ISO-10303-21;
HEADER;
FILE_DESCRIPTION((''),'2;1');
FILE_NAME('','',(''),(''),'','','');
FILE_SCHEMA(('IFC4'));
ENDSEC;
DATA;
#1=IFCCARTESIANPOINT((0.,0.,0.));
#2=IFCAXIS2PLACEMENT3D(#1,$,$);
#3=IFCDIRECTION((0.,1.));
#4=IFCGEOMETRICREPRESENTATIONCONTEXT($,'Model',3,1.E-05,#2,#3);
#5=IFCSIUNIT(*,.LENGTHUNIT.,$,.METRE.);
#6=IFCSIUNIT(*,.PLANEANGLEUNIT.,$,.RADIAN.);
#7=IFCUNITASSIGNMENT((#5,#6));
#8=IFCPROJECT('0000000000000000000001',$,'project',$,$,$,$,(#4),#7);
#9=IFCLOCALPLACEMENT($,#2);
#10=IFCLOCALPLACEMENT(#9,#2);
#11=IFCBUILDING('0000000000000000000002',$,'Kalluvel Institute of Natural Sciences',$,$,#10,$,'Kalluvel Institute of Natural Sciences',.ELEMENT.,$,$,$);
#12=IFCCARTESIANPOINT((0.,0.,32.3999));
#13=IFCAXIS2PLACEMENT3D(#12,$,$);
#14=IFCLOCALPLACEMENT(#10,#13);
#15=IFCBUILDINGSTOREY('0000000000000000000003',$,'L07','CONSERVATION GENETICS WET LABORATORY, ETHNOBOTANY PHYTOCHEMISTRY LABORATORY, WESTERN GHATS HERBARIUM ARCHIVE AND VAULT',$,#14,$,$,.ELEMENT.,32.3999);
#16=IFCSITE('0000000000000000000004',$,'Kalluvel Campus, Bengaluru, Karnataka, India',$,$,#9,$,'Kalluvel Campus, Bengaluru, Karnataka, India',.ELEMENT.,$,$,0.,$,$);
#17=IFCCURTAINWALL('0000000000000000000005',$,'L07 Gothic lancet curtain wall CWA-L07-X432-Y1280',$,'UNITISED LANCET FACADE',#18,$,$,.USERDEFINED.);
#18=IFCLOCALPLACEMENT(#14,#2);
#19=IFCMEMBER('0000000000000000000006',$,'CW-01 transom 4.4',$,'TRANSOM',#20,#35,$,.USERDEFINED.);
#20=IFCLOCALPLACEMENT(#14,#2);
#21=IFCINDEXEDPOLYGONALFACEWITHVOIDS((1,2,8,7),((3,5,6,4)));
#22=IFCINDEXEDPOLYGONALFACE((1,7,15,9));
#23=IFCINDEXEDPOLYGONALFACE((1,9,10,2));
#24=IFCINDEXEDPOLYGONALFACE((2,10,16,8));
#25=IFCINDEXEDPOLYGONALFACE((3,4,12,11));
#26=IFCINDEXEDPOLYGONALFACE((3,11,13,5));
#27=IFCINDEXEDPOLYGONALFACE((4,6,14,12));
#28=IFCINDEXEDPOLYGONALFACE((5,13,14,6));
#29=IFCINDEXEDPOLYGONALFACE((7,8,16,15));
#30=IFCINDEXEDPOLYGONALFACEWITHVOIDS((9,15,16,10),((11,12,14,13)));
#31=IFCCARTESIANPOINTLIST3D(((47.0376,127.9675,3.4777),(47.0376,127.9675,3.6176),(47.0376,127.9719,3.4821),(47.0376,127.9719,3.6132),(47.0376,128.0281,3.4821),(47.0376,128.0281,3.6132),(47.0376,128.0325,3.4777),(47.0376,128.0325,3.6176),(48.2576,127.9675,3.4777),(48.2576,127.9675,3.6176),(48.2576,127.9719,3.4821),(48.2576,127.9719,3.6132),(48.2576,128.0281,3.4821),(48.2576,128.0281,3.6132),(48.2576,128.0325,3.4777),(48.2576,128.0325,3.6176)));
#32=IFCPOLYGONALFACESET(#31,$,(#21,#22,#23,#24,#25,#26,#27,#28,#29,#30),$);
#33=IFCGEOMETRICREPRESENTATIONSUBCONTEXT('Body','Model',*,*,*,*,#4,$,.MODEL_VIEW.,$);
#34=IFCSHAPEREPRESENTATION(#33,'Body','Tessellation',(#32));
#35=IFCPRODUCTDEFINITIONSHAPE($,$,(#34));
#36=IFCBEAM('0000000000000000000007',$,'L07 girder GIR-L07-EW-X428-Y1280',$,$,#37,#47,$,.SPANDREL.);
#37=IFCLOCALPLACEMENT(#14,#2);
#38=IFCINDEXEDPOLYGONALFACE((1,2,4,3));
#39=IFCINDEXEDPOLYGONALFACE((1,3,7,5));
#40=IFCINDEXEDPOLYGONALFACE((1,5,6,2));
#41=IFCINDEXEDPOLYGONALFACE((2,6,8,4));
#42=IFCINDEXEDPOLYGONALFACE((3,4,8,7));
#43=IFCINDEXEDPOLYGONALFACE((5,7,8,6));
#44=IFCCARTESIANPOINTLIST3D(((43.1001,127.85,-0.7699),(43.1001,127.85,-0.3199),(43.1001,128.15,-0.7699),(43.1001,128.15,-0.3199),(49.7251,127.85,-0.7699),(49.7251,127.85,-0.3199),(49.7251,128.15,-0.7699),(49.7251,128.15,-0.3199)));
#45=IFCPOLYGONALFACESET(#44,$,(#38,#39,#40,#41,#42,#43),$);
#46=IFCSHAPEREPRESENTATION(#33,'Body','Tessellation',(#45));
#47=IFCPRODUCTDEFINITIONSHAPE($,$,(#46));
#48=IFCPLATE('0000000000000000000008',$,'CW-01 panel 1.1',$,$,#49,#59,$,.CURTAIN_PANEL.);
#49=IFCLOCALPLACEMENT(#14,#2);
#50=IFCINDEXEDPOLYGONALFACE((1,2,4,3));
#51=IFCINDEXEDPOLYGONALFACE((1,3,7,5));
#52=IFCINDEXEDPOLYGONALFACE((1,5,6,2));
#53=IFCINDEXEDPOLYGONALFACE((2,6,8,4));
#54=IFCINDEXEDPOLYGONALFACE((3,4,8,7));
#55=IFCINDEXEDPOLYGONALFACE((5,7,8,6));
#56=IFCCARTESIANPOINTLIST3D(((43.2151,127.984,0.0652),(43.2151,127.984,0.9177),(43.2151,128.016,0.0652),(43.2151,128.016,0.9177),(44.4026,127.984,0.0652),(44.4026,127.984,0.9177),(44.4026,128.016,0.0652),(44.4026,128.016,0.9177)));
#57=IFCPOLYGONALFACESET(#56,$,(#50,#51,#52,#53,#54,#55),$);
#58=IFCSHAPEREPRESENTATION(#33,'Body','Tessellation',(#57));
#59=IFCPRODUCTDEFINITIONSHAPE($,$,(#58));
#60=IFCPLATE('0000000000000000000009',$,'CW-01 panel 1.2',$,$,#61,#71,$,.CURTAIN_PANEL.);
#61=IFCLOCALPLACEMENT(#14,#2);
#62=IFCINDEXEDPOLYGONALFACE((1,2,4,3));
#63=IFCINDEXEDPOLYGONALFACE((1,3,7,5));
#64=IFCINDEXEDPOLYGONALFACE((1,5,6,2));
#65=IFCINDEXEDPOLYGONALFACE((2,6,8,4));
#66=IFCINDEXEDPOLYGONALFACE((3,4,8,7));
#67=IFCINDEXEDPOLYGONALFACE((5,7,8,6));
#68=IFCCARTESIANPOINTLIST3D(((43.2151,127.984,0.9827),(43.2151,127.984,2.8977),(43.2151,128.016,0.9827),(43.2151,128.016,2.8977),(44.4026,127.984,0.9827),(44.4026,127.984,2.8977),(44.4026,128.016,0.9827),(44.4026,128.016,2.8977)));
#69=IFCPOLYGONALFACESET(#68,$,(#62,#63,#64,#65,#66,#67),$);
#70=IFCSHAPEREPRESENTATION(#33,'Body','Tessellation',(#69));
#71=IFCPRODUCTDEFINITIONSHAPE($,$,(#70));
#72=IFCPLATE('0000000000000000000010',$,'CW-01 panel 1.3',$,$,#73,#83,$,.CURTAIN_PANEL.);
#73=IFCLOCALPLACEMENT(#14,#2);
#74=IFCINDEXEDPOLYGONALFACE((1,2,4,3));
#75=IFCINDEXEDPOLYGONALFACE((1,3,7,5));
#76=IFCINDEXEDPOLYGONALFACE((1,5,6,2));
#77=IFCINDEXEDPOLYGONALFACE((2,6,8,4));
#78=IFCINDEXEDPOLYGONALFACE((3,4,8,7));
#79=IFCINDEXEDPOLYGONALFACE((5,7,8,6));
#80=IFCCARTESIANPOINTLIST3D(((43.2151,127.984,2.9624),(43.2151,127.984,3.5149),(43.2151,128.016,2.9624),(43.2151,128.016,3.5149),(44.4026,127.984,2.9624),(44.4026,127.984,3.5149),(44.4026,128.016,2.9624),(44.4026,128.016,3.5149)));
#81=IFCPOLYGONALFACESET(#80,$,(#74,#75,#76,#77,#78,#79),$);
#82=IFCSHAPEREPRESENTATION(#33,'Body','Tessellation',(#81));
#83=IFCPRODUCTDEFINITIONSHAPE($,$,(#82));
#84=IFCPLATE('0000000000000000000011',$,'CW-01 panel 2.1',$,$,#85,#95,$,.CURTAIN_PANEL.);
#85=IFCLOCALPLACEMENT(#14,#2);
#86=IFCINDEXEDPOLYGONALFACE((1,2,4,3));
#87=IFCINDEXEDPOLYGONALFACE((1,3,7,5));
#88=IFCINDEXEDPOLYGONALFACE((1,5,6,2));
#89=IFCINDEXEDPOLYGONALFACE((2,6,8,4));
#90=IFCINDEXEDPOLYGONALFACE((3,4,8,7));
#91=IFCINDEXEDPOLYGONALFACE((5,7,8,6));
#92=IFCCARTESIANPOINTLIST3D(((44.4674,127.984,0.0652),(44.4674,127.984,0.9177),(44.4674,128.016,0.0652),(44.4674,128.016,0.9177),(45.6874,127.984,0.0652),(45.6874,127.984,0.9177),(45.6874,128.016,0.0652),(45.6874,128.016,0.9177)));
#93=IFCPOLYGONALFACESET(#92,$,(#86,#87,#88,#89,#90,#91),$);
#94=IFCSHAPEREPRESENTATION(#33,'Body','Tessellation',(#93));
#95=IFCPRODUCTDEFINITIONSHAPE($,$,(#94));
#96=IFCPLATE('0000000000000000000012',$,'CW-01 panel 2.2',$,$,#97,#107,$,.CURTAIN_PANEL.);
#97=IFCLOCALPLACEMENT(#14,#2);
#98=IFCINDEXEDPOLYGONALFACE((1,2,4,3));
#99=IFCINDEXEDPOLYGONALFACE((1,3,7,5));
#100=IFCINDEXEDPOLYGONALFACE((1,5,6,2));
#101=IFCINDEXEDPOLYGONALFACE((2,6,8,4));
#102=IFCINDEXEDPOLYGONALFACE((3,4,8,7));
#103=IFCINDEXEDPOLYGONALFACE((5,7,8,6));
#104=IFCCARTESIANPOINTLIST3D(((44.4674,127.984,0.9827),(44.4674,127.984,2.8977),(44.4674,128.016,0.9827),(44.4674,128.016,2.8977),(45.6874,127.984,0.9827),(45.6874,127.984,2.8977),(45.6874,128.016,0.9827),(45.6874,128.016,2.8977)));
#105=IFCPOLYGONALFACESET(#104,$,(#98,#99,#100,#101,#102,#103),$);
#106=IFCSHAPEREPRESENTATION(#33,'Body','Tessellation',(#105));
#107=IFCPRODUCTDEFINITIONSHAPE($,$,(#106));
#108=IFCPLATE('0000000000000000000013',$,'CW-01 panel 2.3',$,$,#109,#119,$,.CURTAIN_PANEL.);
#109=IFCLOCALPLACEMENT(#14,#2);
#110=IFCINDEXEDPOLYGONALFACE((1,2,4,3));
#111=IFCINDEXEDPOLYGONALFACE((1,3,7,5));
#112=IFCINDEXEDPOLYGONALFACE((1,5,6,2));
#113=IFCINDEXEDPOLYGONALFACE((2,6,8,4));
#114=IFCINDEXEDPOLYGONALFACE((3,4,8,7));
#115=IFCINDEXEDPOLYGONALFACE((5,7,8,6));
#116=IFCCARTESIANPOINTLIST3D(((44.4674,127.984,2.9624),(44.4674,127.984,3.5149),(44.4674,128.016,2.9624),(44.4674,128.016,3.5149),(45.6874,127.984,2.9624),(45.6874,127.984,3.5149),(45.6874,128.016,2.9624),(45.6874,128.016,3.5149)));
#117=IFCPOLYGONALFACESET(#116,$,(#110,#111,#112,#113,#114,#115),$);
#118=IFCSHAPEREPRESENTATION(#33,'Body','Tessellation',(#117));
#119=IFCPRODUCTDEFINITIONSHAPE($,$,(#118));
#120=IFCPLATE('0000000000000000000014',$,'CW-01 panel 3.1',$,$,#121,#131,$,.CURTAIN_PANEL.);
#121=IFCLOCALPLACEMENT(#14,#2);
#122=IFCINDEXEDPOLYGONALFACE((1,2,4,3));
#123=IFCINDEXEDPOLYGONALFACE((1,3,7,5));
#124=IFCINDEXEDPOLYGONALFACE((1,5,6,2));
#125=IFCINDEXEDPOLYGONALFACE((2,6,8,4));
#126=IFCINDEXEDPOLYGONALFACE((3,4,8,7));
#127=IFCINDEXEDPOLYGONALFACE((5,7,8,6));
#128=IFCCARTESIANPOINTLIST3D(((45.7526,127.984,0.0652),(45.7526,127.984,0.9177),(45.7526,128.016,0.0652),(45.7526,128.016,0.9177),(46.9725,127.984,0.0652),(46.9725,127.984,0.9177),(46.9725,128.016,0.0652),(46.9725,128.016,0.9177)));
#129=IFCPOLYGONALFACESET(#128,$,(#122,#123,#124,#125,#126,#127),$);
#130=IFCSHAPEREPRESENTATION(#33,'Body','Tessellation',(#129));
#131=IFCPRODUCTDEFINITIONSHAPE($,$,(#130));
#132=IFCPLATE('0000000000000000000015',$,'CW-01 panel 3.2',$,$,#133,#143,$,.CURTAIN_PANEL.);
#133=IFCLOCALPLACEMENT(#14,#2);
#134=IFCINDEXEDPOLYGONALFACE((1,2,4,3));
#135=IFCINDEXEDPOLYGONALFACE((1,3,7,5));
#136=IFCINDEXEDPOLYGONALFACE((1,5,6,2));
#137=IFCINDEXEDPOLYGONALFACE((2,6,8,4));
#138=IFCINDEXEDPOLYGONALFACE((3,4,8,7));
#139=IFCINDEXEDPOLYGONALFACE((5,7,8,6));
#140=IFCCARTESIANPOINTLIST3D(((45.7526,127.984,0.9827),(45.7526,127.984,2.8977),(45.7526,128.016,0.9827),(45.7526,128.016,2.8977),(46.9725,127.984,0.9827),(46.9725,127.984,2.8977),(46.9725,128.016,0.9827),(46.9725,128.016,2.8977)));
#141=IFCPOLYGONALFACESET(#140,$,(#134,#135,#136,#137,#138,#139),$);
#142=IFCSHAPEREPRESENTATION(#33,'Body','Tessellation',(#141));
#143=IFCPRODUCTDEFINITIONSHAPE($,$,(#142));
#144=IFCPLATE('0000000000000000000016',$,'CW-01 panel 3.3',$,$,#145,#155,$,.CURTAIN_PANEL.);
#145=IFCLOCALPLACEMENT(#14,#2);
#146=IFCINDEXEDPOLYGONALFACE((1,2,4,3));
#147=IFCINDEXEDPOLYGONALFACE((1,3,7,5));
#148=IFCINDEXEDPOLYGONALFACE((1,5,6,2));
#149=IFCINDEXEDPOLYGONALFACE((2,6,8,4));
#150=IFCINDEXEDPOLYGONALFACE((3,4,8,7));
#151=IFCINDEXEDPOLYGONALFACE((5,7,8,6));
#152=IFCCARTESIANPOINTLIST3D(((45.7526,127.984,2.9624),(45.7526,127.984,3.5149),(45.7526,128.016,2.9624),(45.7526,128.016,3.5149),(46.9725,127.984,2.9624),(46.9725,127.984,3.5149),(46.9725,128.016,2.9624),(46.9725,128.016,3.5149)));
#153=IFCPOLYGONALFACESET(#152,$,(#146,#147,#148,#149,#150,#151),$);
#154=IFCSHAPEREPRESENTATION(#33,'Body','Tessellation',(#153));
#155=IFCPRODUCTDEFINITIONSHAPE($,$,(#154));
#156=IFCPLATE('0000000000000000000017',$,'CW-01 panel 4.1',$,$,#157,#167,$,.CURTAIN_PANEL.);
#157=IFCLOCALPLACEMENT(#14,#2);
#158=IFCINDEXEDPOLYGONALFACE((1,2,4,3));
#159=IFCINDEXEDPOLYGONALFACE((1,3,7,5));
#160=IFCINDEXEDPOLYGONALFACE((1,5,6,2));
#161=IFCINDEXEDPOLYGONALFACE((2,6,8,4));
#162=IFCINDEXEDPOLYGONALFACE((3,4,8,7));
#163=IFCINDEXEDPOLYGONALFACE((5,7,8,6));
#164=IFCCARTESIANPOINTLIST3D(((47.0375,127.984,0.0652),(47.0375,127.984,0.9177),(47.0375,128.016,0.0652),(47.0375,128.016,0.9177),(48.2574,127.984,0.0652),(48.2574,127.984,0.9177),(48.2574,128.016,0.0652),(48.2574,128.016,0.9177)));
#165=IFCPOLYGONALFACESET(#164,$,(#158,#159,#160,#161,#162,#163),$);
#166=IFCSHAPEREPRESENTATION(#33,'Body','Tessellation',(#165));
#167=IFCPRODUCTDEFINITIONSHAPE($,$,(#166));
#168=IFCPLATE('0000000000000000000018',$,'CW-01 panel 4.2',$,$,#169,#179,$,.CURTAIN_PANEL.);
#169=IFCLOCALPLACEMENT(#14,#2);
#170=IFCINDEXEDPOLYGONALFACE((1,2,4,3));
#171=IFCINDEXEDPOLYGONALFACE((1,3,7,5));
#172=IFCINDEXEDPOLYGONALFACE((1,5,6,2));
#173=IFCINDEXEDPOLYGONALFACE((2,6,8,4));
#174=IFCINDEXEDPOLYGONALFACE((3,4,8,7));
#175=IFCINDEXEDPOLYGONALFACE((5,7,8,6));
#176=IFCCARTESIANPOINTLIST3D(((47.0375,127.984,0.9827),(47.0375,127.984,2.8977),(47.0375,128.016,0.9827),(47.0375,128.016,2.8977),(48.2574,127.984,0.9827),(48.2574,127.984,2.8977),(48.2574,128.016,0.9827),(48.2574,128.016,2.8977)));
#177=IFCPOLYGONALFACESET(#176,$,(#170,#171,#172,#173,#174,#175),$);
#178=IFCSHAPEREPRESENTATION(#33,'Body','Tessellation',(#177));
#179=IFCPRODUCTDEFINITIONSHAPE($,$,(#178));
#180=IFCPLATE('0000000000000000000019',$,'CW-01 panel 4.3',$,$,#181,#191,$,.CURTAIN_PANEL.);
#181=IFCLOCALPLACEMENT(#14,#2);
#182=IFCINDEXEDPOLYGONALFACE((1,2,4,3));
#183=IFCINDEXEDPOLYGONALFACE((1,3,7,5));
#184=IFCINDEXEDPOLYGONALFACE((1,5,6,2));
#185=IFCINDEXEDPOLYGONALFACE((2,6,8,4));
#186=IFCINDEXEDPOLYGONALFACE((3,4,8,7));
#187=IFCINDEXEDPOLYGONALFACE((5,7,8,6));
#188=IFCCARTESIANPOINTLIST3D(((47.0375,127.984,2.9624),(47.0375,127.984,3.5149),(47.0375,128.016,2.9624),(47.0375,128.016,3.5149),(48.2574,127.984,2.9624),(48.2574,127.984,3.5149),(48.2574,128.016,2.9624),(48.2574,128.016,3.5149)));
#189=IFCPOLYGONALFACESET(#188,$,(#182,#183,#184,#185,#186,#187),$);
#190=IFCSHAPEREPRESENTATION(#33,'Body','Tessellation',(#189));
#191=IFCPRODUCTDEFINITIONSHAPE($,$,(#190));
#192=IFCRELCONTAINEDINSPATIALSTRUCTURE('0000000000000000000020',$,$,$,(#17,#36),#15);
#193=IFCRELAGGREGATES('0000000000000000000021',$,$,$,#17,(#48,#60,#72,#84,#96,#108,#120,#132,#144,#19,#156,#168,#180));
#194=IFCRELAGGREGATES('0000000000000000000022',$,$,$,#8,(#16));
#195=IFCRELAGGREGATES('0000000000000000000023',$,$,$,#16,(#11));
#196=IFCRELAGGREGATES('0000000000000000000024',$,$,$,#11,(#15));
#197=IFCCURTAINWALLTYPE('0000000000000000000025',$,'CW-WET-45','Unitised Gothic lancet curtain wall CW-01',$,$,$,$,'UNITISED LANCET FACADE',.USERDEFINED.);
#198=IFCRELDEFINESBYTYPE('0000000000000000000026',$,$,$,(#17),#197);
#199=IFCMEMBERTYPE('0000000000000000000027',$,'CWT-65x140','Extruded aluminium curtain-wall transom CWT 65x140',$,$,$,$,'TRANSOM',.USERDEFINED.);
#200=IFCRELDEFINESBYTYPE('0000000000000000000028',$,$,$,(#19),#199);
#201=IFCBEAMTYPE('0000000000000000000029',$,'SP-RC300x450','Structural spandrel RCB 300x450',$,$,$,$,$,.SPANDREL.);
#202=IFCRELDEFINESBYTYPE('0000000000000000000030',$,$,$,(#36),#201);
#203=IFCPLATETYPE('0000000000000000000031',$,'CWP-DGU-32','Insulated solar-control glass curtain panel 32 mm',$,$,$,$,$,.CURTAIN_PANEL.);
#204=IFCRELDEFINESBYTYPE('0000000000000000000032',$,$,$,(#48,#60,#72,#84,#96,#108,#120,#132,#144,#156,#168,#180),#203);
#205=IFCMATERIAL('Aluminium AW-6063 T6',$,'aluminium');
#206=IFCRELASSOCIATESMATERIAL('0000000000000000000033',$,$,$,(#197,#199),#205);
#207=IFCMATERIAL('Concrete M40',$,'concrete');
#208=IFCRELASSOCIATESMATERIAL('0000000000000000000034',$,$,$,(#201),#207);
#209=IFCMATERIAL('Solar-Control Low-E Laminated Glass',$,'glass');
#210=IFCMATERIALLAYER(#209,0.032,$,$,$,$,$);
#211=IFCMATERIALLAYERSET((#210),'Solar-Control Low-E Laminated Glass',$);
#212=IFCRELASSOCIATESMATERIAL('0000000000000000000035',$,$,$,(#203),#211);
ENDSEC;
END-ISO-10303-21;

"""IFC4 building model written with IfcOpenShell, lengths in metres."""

from ifc_helpers import new_model, si_unit, direction, frame, origin, origin_2d, place, context, subcontext, project, spatial, rectangle, hollow_rectangle, extrude, material, layer, layer_set, material_profile, profile_set, type_object, element, aggregate, save


model = new_model("IFC4")

# Units and contexts
model_context = context("Model", 3, precision=1e-05, world=origin(), true_north=direction((0.0, 1.0)))
body_context = subcontext(model_context, "Body", "Model", "MODEL_VIEW")
ifc_project = project(units=[si_unit("LENGTHUNIT", "METRE"), si_unit("PLANEANGLEUNIT", "RADIAN")], contexts=[model_context])

# Site, building, storey
site_placement = place(None, origin())
site = spatial("IfcSite", under=ifc_project, at=site_placement, Name="Kalluvel Campus, Bengaluru, Karnataka, India", LongName="Kalluvel Campus, Bengaluru, Karnataka, India", CompositionType="ELEMENT", RefElevation=0.0)
building_placement = place(site_placement, origin())
building = spatial("IfcBuilding", under=site, at=building_placement, Name="Kalluvel Institute of Natural Sciences", LongName="Kalluvel Institute of Natural Sciences", CompositionType="ELEMENT")
storey_placement = place(building_placement, frame((0.0, 0.0, 32.3999)))
storey = spatial("IfcBuildingStorey", under=building, at=storey_placement, Name="L07", Description="CONSERVATION GENETICS WET LABORATORY, ETHNOBOTANY PHYTOCHEMISTRY LABORATORY, WESTERN GHATS HERBARIUM ARCHIVE AND VAULT", CompositionType="ELEMENT", Elevation=32.3999)

# Shared definitions
ifc_material_1 = material(Name="Concrete M40", Category="concrete")

# Curtain wall, member
ifc_material_2 = material(Name="Aluminium AW-6063 T6", Category="aluminium")
curtain_wall_type = type_object("IfcCurtainWallType", Name="CW-WET-45", Description="Unitised Gothic lancet curtain wall CW-01", ElementType="UNITISED LANCET FACADE", PredefinedType="USERDEFINED", material=ifc_material_2)
curtain_wall_placement = place(storey_placement, origin())
curtain_wall = element("IfcCurtainWall", 1, at=curtain_wall_placement, inside=storey, type_object=curtain_wall_type, Name="L07 Gothic lancet curtain wall CWA-L07-X432-Y1280", ObjectType="UNITISED LANCET FACADE", PredefinedType="USERDEFINED")
ifc_material_profile_1 = material_profile(ifc_material_2, hollow_rectangle(XDim=0.0649, YDim=0.1399, WallThickness=0.0044, at=origin_2d()), Name="CWT 65x140")
ifc_profile_set_1 = profile_set([ifc_material_profile_1], Name="Aluminium AW-6063 T6")
member_type_1 = type_object("IfcMemberType", Name="CWT-65x140", Description="Extruded aluminium curtain-wall transom CWT 65x140", ElementType="TRANSOM", PredefinedType="USERDEFINED", material=ifc_profile_set_1)
member_1_placement = place(storey_placement, frame((47.0376, 128.0, 3.5476), z_axis=(1.0, 0.0, 0.0), x_axis=(0.0, 1.0, 0.0)))
member_1 = element("IfcMember", 2, at=member_1_placement, type_object=member_type_1, Name="CW-01 transom 4.4", ObjectType="TRANSOM", PredefinedType="USERDEFINED", context=body_context, shape_type="SweptSolid", body=[
    extrude(hollow_rectangle(XDim=0.0649, YDim=0.1399, WallThickness=0.0044, at=origin_2d()), origin(), (0.0, 0.0, 1.0), 1.22),
])

# Beam
ifc_material_profile_2 = material_profile(ifc_material_1, rectangle(XDim=0.3, YDim=0.45, at=origin_2d()), Name="RCB 300x450")
ifc_profile_set_2 = profile_set([ifc_material_profile_2], Name="Concrete M40")
beam_type = type_object("IfcBeamType", Name="SP-RC300x450", Description="Structural spandrel RCB 300x450", PredefinedType="SPANDREL", material=ifc_profile_set_2)
beam_placement = place(storey_placement, frame((43.1001, 128.0, -0.5449), z_axis=(1.0, 0.0, 0.0), x_axis=(0.0, 1.0, 0.0)))
element("IfcBeam", 3, at=beam_placement, inside=storey, type_object=beam_type, Name="L07 girder GIR-L07-EW-X428-Y1280", PredefinedType="SPANDREL", context=body_context, shape_type="SweptSolid", body=[
    extrude(rectangle(XDim=0.3, YDim=0.45, at=origin_2d()), origin(), (0.0, 0.0, 1.0), 6.625),
])

# Plates
ifc_material_3 = material(Name="Solar-Control Low-E Laminated Glass", Category="glass")
ifc_layer_1 = layer(ifc_material_3, 0.032)
ifc_layer_set_1 = layer_set([ifc_layer_1], Name="Solar-Control Low-E Laminated Glass")
plate_type = type_object("IfcPlateType", Name="CWP-DGU-32", Description="Insulated solar-control glass curtain panel 32 mm", PredefinedType="CURTAIN_PANEL", material=ifc_layer_set_1)
plate_1_placement = place(storey_placement, frame((43.8088, 128.0, 0.0652), z_axis=(0.0, 0.0, 1.0), x_axis=(1.0, 0.0, 0.0)))
plate_1 = element("IfcPlate", 4, at=plate_1_placement, type_object=plate_type, Name="CW-01 panel 1.1", PredefinedType="CURTAIN_PANEL", context=body_context, shape_type="SweptSolid", body=[
    extrude(rectangle(XDim=1.1875, YDim=0.032, at=origin_2d()), origin(), (0.0, 0.0, 1.0), 0.8525),
])
plate_2_placement = place(storey_placement, frame((43.8088, 128.0, 0.9827), z_axis=(0.0, 0.0, 1.0), x_axis=(1.0, 0.0, 0.0)))
plate_2 = element("IfcPlate", 5, at=plate_2_placement, type_object=plate_type, Name="CW-01 panel 1.2", PredefinedType="CURTAIN_PANEL", context=body_context, shape_type="SweptSolid", body=[
    extrude(rectangle(XDim=1.1875, YDim=0.032, at=origin_2d()), origin(), (0.0, 0.0, 1.0), 1.915),
])
plate_3_placement = place(storey_placement, frame((43.8088, 128.0, 2.9624), z_axis=(0.0, 0.0, 1.0), x_axis=(1.0, 0.0, 0.0)))
plate_3 = element("IfcPlate", 6, at=plate_3_placement, type_object=plate_type, Name="CW-01 panel 1.3", PredefinedType="CURTAIN_PANEL", context=body_context, shape_type="SweptSolid", body=[
    extrude(rectangle(XDim=1.1875, YDim=0.032, at=origin_2d()), origin(), (0.0, 0.0, 1.0), 0.5525),
])
plate_4_placement = place(storey_placement, frame((45.0774, 128.0, 0.0652), z_axis=(0.0, 0.0, 1.0), x_axis=(1.0, 0.0, 0.0)))
plate_4 = element("IfcPlate", 7, at=plate_4_placement, type_object=plate_type, Name="CW-01 panel 2.1", PredefinedType="CURTAIN_PANEL", context=body_context, shape_type="SweptSolid", body=[
    extrude(rectangle(XDim=1.22, YDim=0.032, at=origin_2d()), origin(), (0.0, 0.0, 1.0), 0.8525),
])
plate_5_placement = place(storey_placement, frame((45.0774, 128.0, 0.9827), z_axis=(0.0, 0.0, 1.0), x_axis=(1.0, 0.0, 0.0)))
plate_5 = element("IfcPlate", 8, at=plate_5_placement, type_object=plate_type, Name="CW-01 panel 2.2", PredefinedType="CURTAIN_PANEL", context=body_context, shape_type="SweptSolid", body=[
    extrude(rectangle(XDim=1.22, YDim=0.032, at=origin_2d()), origin(), (0.0, 0.0, 1.0), 1.915),
])
plate_6_placement = place(storey_placement, frame((45.0774, 128.0, 2.9624), z_axis=(0.0, 0.0, 1.0), x_axis=(1.0, 0.0, 0.0)))
plate_6 = element("IfcPlate", 9, at=plate_6_placement, type_object=plate_type, Name="CW-01 panel 2.3", PredefinedType="CURTAIN_PANEL", context=body_context, shape_type="SweptSolid", body=[
    extrude(rectangle(XDim=1.22, YDim=0.032, at=origin_2d()), origin(), (0.0, 0.0, 1.0), 0.5525),
])
plate_7_placement = place(storey_placement, frame((46.3625, 128.0, 0.0652), z_axis=(0.0, 0.0, 1.0), x_axis=(1.0, 0.0, 0.0)))
plate_7 = element("IfcPlate", 10, at=plate_7_placement, type_object=plate_type, Name="CW-01 panel 3.1", PredefinedType="CURTAIN_PANEL", context=body_context, shape_type="SweptSolid", body=[
    extrude(rectangle(XDim=1.22, YDim=0.032, at=origin_2d()), origin(), (0.0, 0.0, 1.0), 0.8525),
])
plate_8_placement = place(storey_placement, frame((46.3625, 128.0, 0.9827), z_axis=(0.0, 0.0, 1.0), x_axis=(1.0, 0.0, 0.0)))
plate_8 = element("IfcPlate", 11, at=plate_8_placement, type_object=plate_type, Name="CW-01 panel 3.2", PredefinedType="CURTAIN_PANEL", context=body_context, shape_type="SweptSolid", body=[
    extrude(rectangle(XDim=1.22, YDim=0.032, at=origin_2d()), origin(), (0.0, 0.0, 1.0), 1.915),
])
plate_9_placement = place(storey_placement, frame((46.3625, 128.0, 2.9624), z_axis=(0.0, 0.0, 1.0), x_axis=(1.0, 0.0, 0.0)))
plate_9 = element("IfcPlate", 12, at=plate_9_placement, type_object=plate_type, Name="CW-01 panel 3.3", PredefinedType="CURTAIN_PANEL", context=body_context, shape_type="SweptSolid", body=[
    extrude(rectangle(XDim=1.22, YDim=0.032, at=origin_2d()), origin(), (0.0, 0.0, 1.0), 0.5525),
])
plate_10_placement = place(storey_placement, frame((47.6475, 128.0, 0.0652), z_axis=(0.0, 0.0, 1.0), x_axis=(1.0, 0.0, 0.0)))
plate_10 = element("IfcPlate", 13, at=plate_10_placement, type_object=plate_type, Name="CW-01 panel 4.1", PredefinedType="CURTAIN_PANEL", context=body_context, shape_type="SweptSolid", body=[
    extrude(rectangle(XDim=1.22, YDim=0.032, at=origin_2d()), origin(), (0.0, 0.0, 1.0), 0.8525),
])
plate_11_placement = place(storey_placement, frame((47.6475, 128.0, 0.9827), z_axis=(0.0, 0.0, 1.0), x_axis=(1.0, 0.0, 0.0)))
plate_11 = element("IfcPlate", 14, at=plate_11_placement, type_object=plate_type, Name="CW-01 panel 4.2", PredefinedType="CURTAIN_PANEL", context=body_context, shape_type="SweptSolid", body=[
    extrude(rectangle(XDim=1.22, YDim=0.032, at=origin_2d()), origin(), (0.0, 0.0, 1.0), 1.915),
])
plate_12_placement = place(storey_placement, frame((47.6475, 128.0, 2.9624), z_axis=(0.0, 0.0, 1.0), x_axis=(1.0, 0.0, 0.0)))
plate_12 = element("IfcPlate", 15, at=plate_12_placement, type_object=plate_type, Name="CW-01 panel 4.3", PredefinedType="CURTAIN_PANEL", context=body_context, shape_type="SweptSolid", body=[
    extrude(rectangle(XDim=1.22, YDim=0.032, at=origin_2d()), origin(), (0.0, 0.0, 1.0), 0.5525),
])
aggregate(curtain_wall, [plate_1, plate_2, plate_3, plate_4, plate_5, plate_6, plate_7, plate_8, plate_9, member_1, plate_10, plate_11, plate_12])

save(model, "model.ifc")
